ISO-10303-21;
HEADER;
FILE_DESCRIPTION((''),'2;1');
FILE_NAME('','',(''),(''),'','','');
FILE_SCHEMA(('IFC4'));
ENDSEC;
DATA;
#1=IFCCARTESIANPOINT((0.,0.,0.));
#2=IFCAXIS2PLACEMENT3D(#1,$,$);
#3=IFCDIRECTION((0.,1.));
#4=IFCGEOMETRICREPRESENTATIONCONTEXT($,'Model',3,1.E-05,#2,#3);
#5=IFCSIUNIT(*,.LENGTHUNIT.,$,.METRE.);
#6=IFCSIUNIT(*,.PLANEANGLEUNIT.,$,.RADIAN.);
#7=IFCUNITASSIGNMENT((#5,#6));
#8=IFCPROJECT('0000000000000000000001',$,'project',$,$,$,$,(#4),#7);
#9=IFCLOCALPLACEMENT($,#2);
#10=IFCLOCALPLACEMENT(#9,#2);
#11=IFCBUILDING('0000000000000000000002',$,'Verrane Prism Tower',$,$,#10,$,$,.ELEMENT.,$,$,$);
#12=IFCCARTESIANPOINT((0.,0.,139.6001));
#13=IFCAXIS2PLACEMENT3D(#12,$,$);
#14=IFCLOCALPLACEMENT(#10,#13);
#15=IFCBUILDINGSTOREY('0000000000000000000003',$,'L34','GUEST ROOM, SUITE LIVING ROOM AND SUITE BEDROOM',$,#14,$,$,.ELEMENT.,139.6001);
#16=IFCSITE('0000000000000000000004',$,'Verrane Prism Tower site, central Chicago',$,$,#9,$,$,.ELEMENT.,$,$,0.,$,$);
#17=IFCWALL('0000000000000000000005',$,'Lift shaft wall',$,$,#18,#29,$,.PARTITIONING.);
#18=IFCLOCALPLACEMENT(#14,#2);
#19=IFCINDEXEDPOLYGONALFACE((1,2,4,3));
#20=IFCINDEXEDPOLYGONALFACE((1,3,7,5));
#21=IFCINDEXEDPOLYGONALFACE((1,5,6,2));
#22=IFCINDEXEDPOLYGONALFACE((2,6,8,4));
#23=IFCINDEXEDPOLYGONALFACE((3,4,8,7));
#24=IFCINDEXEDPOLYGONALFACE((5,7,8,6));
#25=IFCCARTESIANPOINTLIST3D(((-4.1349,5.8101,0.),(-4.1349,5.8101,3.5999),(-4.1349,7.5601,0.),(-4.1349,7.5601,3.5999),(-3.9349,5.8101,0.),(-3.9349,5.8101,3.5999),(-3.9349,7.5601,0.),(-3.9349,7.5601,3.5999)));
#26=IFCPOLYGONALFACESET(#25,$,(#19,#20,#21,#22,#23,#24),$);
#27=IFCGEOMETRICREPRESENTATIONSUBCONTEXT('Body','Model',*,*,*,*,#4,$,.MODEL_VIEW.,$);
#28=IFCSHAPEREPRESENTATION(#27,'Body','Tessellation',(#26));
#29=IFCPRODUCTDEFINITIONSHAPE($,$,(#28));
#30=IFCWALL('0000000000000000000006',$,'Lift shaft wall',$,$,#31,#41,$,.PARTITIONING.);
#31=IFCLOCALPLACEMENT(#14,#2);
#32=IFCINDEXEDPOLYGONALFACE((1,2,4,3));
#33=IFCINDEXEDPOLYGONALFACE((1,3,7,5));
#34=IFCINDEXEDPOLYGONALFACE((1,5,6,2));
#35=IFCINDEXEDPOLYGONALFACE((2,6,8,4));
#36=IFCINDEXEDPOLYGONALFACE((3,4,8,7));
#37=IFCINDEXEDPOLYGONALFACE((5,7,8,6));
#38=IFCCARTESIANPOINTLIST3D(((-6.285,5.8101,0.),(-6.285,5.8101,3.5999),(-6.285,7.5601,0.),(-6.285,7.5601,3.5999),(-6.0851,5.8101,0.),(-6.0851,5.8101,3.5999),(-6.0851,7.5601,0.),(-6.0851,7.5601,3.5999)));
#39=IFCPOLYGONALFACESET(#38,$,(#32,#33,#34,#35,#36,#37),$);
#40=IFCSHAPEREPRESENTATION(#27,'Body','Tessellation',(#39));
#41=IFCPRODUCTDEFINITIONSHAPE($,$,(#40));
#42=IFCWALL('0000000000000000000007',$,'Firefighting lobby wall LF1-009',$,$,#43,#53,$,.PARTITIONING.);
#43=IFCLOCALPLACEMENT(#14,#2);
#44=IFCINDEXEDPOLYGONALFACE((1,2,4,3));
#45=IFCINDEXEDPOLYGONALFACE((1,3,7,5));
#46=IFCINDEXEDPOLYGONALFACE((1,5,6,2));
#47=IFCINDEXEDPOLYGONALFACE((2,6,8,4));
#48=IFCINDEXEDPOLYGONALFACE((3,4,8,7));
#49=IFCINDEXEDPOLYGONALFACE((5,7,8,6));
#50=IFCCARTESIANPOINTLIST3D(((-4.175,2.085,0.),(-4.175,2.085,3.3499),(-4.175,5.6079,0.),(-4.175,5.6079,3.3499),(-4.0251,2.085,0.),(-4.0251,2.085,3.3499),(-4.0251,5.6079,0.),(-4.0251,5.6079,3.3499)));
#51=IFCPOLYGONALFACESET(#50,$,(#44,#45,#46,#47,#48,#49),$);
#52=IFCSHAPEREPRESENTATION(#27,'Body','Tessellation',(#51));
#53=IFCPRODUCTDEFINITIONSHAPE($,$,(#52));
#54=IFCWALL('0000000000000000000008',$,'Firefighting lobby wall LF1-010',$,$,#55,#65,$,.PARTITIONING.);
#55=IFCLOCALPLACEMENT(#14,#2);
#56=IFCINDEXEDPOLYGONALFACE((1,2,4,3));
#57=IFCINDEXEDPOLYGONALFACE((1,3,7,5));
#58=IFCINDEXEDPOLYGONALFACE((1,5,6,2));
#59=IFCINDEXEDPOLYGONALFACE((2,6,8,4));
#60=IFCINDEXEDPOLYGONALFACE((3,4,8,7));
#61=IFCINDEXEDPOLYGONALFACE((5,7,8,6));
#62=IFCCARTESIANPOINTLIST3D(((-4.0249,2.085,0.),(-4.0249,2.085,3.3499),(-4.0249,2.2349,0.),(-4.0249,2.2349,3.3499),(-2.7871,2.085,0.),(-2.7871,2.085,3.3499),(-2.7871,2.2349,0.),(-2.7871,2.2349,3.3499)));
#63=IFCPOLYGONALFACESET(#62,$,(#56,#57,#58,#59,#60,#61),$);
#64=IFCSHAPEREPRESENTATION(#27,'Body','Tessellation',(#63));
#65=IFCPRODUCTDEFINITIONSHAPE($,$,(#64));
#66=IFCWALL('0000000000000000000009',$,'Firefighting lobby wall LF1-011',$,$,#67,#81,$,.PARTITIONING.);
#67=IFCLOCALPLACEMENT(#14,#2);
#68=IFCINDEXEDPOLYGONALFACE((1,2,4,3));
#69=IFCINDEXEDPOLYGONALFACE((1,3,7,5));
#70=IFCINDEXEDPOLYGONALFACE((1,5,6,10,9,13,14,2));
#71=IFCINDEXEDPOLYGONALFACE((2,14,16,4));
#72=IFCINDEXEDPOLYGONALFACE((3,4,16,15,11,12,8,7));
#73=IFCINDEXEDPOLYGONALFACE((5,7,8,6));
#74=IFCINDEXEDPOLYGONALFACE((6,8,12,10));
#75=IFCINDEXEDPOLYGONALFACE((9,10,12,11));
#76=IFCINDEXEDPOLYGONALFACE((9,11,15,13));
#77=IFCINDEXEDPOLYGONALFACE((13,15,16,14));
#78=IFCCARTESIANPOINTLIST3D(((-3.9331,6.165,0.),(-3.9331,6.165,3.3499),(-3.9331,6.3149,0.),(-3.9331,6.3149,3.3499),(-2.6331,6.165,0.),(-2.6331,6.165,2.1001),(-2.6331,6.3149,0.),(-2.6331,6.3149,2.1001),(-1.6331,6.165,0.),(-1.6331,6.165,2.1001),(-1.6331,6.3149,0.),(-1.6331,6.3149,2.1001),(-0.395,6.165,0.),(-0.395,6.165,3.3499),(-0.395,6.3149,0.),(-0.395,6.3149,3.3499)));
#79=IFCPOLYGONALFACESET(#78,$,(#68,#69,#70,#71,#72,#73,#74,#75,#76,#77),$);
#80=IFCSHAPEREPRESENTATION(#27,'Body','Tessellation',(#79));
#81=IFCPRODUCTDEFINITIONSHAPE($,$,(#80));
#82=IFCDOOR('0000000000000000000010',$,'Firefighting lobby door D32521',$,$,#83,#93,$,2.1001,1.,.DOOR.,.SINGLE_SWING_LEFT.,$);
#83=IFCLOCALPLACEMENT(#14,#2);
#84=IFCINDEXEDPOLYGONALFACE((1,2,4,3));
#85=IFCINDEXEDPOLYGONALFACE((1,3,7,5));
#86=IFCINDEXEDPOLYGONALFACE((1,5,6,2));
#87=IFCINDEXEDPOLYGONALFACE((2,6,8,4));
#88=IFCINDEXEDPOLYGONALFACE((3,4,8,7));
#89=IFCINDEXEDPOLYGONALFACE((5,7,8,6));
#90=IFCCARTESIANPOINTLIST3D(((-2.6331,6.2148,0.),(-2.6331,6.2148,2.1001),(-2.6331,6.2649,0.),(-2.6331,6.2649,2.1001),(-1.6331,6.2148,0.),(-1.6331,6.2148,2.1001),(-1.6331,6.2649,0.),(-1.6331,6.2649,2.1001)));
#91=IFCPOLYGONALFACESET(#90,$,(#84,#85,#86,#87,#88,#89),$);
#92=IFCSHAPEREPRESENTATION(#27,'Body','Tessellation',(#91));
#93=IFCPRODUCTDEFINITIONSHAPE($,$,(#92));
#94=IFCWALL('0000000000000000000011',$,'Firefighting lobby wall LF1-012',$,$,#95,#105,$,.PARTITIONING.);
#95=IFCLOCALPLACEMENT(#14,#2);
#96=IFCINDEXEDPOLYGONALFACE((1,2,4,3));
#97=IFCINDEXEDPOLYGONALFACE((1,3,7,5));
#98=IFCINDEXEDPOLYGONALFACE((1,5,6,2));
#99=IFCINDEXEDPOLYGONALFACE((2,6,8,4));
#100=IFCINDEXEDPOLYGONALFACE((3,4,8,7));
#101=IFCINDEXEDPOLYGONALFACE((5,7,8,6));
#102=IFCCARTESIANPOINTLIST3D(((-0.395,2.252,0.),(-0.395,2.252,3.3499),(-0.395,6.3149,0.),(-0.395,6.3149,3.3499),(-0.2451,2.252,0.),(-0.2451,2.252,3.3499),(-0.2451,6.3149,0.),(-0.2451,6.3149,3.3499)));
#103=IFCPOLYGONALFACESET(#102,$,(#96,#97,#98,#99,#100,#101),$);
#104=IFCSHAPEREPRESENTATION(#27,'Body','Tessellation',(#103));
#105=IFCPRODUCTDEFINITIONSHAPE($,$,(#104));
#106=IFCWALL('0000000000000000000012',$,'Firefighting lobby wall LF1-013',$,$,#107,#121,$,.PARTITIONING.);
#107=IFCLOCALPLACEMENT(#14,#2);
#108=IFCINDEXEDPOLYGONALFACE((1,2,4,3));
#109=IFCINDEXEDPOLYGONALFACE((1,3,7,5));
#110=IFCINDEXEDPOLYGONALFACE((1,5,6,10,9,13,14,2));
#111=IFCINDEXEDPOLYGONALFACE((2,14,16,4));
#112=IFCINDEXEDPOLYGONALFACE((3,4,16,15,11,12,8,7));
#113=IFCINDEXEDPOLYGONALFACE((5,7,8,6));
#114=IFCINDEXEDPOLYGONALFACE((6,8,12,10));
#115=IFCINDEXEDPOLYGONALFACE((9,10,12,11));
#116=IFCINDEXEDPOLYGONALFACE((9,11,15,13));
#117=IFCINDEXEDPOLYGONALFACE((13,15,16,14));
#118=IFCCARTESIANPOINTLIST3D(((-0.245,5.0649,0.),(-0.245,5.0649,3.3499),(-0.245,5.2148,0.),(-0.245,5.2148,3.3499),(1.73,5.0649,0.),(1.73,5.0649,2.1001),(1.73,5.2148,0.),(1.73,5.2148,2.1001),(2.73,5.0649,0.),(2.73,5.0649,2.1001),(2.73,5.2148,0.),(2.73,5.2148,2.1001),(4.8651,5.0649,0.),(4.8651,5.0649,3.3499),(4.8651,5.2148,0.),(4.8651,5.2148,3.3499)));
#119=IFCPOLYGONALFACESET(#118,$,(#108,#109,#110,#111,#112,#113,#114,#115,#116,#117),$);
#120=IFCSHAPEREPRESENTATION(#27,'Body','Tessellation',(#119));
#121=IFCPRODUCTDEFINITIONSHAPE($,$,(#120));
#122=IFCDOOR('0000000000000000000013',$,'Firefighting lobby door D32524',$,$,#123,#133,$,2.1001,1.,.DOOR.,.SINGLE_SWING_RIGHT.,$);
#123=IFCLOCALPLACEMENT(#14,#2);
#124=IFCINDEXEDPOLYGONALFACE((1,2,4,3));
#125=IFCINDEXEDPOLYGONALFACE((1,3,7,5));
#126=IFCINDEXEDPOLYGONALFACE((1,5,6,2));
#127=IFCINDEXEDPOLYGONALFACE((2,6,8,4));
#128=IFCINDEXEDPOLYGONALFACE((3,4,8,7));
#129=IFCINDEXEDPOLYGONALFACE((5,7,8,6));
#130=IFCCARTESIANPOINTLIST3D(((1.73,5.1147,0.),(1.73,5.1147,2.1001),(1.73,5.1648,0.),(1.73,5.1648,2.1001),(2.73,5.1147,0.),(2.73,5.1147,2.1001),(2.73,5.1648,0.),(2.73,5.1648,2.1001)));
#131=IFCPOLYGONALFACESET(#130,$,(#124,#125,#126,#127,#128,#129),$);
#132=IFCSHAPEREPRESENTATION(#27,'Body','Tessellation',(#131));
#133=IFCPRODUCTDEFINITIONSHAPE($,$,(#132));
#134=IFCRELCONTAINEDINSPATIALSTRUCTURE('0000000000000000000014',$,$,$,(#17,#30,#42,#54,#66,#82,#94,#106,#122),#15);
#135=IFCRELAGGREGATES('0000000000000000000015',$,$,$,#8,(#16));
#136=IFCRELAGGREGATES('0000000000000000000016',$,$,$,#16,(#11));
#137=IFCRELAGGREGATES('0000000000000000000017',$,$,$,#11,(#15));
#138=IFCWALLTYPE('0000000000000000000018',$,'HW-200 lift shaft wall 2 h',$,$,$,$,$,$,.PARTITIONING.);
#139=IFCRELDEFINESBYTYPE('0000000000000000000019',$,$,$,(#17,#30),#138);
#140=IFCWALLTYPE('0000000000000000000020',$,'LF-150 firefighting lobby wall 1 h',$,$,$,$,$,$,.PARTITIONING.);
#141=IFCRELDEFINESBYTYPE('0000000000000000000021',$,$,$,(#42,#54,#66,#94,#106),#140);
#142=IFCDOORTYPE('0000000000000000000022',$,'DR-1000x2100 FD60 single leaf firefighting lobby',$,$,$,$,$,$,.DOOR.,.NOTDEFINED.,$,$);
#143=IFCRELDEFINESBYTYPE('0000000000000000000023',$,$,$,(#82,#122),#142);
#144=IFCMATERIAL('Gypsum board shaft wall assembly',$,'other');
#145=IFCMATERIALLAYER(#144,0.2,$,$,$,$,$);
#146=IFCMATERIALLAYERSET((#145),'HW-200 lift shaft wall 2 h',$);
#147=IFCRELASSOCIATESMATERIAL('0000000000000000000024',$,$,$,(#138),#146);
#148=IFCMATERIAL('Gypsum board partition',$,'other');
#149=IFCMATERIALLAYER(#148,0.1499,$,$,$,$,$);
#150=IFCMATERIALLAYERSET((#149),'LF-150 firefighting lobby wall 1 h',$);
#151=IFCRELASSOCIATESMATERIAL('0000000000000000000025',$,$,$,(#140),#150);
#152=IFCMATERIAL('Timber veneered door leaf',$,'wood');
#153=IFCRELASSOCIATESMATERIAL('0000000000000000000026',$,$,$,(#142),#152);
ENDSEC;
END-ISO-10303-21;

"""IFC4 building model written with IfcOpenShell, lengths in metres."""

from ifc_helpers import new_model, si_unit, direction, frame, frame_2d, origin, place, context, subcontext, project, spatial, rectangle, extrude, material, layer, layer_set, type_object, element, fill, save


model = new_model("IFC4")

# Units and contexts
model_context = context("Model", 3, precision=1e-05, world=origin(), true_north=direction((0.0, 1.0)))
body_context = subcontext(model_context, "Body", "Model", "MODEL_VIEW")
ifc_project = project(units=[si_unit("LENGTHUNIT", "METRE"), si_unit("PLANEANGLEUNIT", "RADIAN")], contexts=[model_context])

# Site, building, storey
site_placement = place(None, origin())
site = spatial("IfcSite", under=ifc_project, at=site_placement, Name="Verrane Prism Tower site, central Chicago", CompositionType="ELEMENT", RefElevation=0.0)
building_placement = place(site_placement, origin())
building = spatial("IfcBuilding", under=site, at=building_placement, Name="Verrane Prism Tower", CompositionType="ELEMENT")
storey_placement = place(building_placement, frame((0.0, 0.0, 139.6001)))
storey = spatial("IfcBuildingStorey", under=building, at=storey_placement, Name="L34", Description="GUEST ROOM, SUITE LIVING ROOM AND SUITE BEDROOM", CompositionType="ELEMENT", Elevation=139.6001)

# Shared definitions
ifc_material_1 = material(Name="Gypsum board shaft wall assembly", Category="other")
ifc_layer_1 = layer(ifc_material_1, 0.2)
ifc_layer_set_1 = layer_set([ifc_layer_1], Name="HW-200 lift shaft wall 2 h")
wall_type_1 = type_object("IfcWallType", Name="HW-200 lift shaft wall 2 h", PredefinedType="PARTITIONING", material=ifc_layer_set_1)

# Walls
for number, where, z_axis, x_axis, name in (
    (1, (-4.0349, 5.8101, 0.0), (0.0, 0.0, 1.0), (0.0, 1.0, 0.0), "Lift shaft wall"),
    (2, (-6.1851, 5.8101, 0.0), (0.0, 0.0, 1.0), (0.0, 1.0, 0.0), "Lift shaft wall"),
):
    element("IfcWall", number, at=place(storey_placement, frame(where, z_axis=z_axis, x_axis=x_axis)), inside=storey, type_object=wall_type_1, Name=name, PredefinedType="PARTITIONING", context=body_context, shape_type="SweptSolid", body=[
        extrude(rectangle(XDim=1.75, YDim=0.2, at=frame_2d((0.875, 0.0))), origin(), (0.0, 0.0, 1.0), 3.5999),
    ])
ifc_material_2 = material(Name="Gypsum board partition", Category="other")
ifc_layer_2 = layer(ifc_material_2, 0.1499)
ifc_layer_set_2 = layer_set([ifc_layer_2], Name="LF-150 firefighting lobby wall 1 h")
wall_type_2 = type_object("IfcWallType", Name="LF-150 firefighting lobby wall 1 h", PredefinedType="PARTITIONING", material=ifc_layer_set_2)
wall_1_placement = place(storey_placement, frame((-4.1001, 2.085, 0.0), z_axis=(0.0, 0.0, 1.0), x_axis=(0.0, 1.0, 0.0)))
element("IfcWall", 3, at=wall_1_placement, inside=storey, type_object=wall_type_2, Name="Firefighting lobby wall LF1-009", PredefinedType="PARTITIONING", context=body_context, shape_type="SweptSolid", body=[
    extrude(rectangle(XDim=3.5229, YDim=0.1499, at=frame_2d((1.7615, 0.0))), origin(), (0.0, 0.0, 1.0), 3.3499),
])
wall_2_placement = place(storey_placement, frame((-4.0249, 2.1599, 0.0), z_axis=(0.0, 0.0, 1.0), x_axis=(1.0, 0.0, 0.0)))
element("IfcWall", 4, at=wall_2_placement, inside=storey, type_object=wall_type_2, Name="Firefighting lobby wall LF1-010", PredefinedType="PARTITIONING", context=body_context, shape_type="SweptSolid", body=[
    extrude(rectangle(XDim=1.2378, YDim=0.1499, at=frame_2d((0.6189, 0.0))), origin(), (0.0, 0.0, 1.0), 3.3499),
])

# Wall, opening, door
wall_3_placement = place(storey_placement, frame((-3.9331, 6.24, 0.0), z_axis=(0.0, 0.0, 1.0), x_axis=(1.0, 0.0, 0.0)))
wall_3 = element("IfcWall", 5, at=wall_3_placement, inside=storey, type_object=wall_type_2, Name="Firefighting lobby wall LF1-011", PredefinedType="PARTITIONING", context=body_context, shape_type="SweptSolid", body=[
    extrude(rectangle(XDim=3.5381, YDim=0.1499, at=frame_2d((1.769, 0.0))), origin(), (0.0, 0.0, 1.0), 3.3499),
])
opening_1_placement = place(wall_3_placement, frame((1.3, 0.0, 0.0)))
opening_1 = element("IfcOpeningElement", 6, at=opening_1_placement, cuts=wall_3, PredefinedType="OPENING", context=body_context, shape_type="SweptSolid", body=[
    extrude(rectangle(XDim=1.0, YDim=2.1001, at=frame_2d((0.5, 1.05))), frame((0.0, 0.085, 0.0), z_axis=(0.0, -1.0, 0.0), x_axis=(1.0, 0.0, 0.0)), (0.0, 0.0, 1.0), 0.1699),
])
ifc_material_3 = material(Name="Timber veneered door leaf", Category="wood")
door_type_1 = type_object("IfcDoorType", Name="DR-1000x2100 FD60 single leaf firefighting lobby", OperationType="NOTDEFINED", PredefinedType="DOOR", material=ifc_material_3)
door_1_placement = place(opening_1_placement, origin())
door_1 = element("IfcDoor", 7, at=door_1_placement, inside=storey, type_object=door_type_1, Name="Firefighting lobby door D32521", OperationType="SINGLE_SWING_LEFT", OverallHeight=2.1001, OverallWidth=1.0, PredefinedType="DOOR", context=body_context, shape_type="SweptSolid", body=[
    extrude(rectangle(XDim=1.0, YDim=2.1001, at=frame_2d((0.5, 1.05))), frame((0.0, 0.0249, 0.0), z_axis=(0.0, -1.0, 0.0), x_axis=(1.0, 0.0, 0.0)), (0.0, 0.0, 1.0), 0.05),
])
fill(opening_1, door_1)

# Wall
wall_4_placement = place(storey_placement, frame((-0.3201, 2.252, 0.0), z_axis=(0.0, 0.0, 1.0), x_axis=(0.0, 1.0, 0.0)))
element("IfcWall", 8, at=wall_4_placement, inside=storey, type_object=wall_type_2, Name="Firefighting lobby wall LF1-012", PredefinedType="PARTITIONING", context=body_context, shape_type="SweptSolid", body=[
    extrude(rectangle(XDim=4.063, YDim=0.1499, at=frame_2d((2.0315, 0.0))), origin(), (0.0, 0.0, 1.0), 3.3499),
])

# Wall, opening, door
wall_5_placement = place(storey_placement, frame((-0.2451, 5.1399, 0.0), z_axis=(0.0, 0.0, 1.0), x_axis=(1.0, 0.0, 0.0)))
wall_5 = element("IfcWall", 9, at=wall_5_placement, inside=storey, type_object=wall_type_2, Name="Firefighting lobby wall LF1-013", PredefinedType="PARTITIONING", context=body_context, shape_type="SweptSolid", body=[
    extrude(rectangle(XDim=5.1101, YDim=0.1499, at=frame_2d((2.5552, 0.0))), origin(), (0.0, 0.0, 1.0), 3.3499),
])
opening_2_placement = place(wall_5_placement, frame((1.9751, 0.0, 0.0)))
opening_2 = element("IfcOpeningElement", 10, at=opening_2_placement, cuts=wall_5, PredefinedType="OPENING", context=body_context, shape_type="SweptSolid", body=[
    extrude(rectangle(XDim=1.0, YDim=2.1001, at=frame_2d((0.5, 1.05))), frame((0.0, 0.085, 0.0), z_axis=(0.0, -1.0, 0.0), x_axis=(1.0, 0.0, 0.0)), (0.0, 0.0, 1.0), 0.1699),
])
door_2_placement = place(opening_2_placement, origin())
door_2 = element("IfcDoor", 11, at=door_2_placement, inside=storey, type_object=door_type_1, Name="Firefighting lobby door D32524", OperationType="SINGLE_SWING_RIGHT", OverallHeight=2.1001, OverallWidth=1.0, PredefinedType="DOOR", context=body_context, shape_type="SweptSolid", body=[
    extrude(rectangle(XDim=1.0, YDim=2.1001, at=frame_2d((0.5, 1.05))), frame((0.0, 0.0249, 0.0), z_axis=(0.0, -1.0, 0.0), x_axis=(1.0, 0.0, 0.0)), (0.0, 0.0, 1.0), 0.05),
])
fill(opening_2, door_2)

save(model, "model.ifc")
